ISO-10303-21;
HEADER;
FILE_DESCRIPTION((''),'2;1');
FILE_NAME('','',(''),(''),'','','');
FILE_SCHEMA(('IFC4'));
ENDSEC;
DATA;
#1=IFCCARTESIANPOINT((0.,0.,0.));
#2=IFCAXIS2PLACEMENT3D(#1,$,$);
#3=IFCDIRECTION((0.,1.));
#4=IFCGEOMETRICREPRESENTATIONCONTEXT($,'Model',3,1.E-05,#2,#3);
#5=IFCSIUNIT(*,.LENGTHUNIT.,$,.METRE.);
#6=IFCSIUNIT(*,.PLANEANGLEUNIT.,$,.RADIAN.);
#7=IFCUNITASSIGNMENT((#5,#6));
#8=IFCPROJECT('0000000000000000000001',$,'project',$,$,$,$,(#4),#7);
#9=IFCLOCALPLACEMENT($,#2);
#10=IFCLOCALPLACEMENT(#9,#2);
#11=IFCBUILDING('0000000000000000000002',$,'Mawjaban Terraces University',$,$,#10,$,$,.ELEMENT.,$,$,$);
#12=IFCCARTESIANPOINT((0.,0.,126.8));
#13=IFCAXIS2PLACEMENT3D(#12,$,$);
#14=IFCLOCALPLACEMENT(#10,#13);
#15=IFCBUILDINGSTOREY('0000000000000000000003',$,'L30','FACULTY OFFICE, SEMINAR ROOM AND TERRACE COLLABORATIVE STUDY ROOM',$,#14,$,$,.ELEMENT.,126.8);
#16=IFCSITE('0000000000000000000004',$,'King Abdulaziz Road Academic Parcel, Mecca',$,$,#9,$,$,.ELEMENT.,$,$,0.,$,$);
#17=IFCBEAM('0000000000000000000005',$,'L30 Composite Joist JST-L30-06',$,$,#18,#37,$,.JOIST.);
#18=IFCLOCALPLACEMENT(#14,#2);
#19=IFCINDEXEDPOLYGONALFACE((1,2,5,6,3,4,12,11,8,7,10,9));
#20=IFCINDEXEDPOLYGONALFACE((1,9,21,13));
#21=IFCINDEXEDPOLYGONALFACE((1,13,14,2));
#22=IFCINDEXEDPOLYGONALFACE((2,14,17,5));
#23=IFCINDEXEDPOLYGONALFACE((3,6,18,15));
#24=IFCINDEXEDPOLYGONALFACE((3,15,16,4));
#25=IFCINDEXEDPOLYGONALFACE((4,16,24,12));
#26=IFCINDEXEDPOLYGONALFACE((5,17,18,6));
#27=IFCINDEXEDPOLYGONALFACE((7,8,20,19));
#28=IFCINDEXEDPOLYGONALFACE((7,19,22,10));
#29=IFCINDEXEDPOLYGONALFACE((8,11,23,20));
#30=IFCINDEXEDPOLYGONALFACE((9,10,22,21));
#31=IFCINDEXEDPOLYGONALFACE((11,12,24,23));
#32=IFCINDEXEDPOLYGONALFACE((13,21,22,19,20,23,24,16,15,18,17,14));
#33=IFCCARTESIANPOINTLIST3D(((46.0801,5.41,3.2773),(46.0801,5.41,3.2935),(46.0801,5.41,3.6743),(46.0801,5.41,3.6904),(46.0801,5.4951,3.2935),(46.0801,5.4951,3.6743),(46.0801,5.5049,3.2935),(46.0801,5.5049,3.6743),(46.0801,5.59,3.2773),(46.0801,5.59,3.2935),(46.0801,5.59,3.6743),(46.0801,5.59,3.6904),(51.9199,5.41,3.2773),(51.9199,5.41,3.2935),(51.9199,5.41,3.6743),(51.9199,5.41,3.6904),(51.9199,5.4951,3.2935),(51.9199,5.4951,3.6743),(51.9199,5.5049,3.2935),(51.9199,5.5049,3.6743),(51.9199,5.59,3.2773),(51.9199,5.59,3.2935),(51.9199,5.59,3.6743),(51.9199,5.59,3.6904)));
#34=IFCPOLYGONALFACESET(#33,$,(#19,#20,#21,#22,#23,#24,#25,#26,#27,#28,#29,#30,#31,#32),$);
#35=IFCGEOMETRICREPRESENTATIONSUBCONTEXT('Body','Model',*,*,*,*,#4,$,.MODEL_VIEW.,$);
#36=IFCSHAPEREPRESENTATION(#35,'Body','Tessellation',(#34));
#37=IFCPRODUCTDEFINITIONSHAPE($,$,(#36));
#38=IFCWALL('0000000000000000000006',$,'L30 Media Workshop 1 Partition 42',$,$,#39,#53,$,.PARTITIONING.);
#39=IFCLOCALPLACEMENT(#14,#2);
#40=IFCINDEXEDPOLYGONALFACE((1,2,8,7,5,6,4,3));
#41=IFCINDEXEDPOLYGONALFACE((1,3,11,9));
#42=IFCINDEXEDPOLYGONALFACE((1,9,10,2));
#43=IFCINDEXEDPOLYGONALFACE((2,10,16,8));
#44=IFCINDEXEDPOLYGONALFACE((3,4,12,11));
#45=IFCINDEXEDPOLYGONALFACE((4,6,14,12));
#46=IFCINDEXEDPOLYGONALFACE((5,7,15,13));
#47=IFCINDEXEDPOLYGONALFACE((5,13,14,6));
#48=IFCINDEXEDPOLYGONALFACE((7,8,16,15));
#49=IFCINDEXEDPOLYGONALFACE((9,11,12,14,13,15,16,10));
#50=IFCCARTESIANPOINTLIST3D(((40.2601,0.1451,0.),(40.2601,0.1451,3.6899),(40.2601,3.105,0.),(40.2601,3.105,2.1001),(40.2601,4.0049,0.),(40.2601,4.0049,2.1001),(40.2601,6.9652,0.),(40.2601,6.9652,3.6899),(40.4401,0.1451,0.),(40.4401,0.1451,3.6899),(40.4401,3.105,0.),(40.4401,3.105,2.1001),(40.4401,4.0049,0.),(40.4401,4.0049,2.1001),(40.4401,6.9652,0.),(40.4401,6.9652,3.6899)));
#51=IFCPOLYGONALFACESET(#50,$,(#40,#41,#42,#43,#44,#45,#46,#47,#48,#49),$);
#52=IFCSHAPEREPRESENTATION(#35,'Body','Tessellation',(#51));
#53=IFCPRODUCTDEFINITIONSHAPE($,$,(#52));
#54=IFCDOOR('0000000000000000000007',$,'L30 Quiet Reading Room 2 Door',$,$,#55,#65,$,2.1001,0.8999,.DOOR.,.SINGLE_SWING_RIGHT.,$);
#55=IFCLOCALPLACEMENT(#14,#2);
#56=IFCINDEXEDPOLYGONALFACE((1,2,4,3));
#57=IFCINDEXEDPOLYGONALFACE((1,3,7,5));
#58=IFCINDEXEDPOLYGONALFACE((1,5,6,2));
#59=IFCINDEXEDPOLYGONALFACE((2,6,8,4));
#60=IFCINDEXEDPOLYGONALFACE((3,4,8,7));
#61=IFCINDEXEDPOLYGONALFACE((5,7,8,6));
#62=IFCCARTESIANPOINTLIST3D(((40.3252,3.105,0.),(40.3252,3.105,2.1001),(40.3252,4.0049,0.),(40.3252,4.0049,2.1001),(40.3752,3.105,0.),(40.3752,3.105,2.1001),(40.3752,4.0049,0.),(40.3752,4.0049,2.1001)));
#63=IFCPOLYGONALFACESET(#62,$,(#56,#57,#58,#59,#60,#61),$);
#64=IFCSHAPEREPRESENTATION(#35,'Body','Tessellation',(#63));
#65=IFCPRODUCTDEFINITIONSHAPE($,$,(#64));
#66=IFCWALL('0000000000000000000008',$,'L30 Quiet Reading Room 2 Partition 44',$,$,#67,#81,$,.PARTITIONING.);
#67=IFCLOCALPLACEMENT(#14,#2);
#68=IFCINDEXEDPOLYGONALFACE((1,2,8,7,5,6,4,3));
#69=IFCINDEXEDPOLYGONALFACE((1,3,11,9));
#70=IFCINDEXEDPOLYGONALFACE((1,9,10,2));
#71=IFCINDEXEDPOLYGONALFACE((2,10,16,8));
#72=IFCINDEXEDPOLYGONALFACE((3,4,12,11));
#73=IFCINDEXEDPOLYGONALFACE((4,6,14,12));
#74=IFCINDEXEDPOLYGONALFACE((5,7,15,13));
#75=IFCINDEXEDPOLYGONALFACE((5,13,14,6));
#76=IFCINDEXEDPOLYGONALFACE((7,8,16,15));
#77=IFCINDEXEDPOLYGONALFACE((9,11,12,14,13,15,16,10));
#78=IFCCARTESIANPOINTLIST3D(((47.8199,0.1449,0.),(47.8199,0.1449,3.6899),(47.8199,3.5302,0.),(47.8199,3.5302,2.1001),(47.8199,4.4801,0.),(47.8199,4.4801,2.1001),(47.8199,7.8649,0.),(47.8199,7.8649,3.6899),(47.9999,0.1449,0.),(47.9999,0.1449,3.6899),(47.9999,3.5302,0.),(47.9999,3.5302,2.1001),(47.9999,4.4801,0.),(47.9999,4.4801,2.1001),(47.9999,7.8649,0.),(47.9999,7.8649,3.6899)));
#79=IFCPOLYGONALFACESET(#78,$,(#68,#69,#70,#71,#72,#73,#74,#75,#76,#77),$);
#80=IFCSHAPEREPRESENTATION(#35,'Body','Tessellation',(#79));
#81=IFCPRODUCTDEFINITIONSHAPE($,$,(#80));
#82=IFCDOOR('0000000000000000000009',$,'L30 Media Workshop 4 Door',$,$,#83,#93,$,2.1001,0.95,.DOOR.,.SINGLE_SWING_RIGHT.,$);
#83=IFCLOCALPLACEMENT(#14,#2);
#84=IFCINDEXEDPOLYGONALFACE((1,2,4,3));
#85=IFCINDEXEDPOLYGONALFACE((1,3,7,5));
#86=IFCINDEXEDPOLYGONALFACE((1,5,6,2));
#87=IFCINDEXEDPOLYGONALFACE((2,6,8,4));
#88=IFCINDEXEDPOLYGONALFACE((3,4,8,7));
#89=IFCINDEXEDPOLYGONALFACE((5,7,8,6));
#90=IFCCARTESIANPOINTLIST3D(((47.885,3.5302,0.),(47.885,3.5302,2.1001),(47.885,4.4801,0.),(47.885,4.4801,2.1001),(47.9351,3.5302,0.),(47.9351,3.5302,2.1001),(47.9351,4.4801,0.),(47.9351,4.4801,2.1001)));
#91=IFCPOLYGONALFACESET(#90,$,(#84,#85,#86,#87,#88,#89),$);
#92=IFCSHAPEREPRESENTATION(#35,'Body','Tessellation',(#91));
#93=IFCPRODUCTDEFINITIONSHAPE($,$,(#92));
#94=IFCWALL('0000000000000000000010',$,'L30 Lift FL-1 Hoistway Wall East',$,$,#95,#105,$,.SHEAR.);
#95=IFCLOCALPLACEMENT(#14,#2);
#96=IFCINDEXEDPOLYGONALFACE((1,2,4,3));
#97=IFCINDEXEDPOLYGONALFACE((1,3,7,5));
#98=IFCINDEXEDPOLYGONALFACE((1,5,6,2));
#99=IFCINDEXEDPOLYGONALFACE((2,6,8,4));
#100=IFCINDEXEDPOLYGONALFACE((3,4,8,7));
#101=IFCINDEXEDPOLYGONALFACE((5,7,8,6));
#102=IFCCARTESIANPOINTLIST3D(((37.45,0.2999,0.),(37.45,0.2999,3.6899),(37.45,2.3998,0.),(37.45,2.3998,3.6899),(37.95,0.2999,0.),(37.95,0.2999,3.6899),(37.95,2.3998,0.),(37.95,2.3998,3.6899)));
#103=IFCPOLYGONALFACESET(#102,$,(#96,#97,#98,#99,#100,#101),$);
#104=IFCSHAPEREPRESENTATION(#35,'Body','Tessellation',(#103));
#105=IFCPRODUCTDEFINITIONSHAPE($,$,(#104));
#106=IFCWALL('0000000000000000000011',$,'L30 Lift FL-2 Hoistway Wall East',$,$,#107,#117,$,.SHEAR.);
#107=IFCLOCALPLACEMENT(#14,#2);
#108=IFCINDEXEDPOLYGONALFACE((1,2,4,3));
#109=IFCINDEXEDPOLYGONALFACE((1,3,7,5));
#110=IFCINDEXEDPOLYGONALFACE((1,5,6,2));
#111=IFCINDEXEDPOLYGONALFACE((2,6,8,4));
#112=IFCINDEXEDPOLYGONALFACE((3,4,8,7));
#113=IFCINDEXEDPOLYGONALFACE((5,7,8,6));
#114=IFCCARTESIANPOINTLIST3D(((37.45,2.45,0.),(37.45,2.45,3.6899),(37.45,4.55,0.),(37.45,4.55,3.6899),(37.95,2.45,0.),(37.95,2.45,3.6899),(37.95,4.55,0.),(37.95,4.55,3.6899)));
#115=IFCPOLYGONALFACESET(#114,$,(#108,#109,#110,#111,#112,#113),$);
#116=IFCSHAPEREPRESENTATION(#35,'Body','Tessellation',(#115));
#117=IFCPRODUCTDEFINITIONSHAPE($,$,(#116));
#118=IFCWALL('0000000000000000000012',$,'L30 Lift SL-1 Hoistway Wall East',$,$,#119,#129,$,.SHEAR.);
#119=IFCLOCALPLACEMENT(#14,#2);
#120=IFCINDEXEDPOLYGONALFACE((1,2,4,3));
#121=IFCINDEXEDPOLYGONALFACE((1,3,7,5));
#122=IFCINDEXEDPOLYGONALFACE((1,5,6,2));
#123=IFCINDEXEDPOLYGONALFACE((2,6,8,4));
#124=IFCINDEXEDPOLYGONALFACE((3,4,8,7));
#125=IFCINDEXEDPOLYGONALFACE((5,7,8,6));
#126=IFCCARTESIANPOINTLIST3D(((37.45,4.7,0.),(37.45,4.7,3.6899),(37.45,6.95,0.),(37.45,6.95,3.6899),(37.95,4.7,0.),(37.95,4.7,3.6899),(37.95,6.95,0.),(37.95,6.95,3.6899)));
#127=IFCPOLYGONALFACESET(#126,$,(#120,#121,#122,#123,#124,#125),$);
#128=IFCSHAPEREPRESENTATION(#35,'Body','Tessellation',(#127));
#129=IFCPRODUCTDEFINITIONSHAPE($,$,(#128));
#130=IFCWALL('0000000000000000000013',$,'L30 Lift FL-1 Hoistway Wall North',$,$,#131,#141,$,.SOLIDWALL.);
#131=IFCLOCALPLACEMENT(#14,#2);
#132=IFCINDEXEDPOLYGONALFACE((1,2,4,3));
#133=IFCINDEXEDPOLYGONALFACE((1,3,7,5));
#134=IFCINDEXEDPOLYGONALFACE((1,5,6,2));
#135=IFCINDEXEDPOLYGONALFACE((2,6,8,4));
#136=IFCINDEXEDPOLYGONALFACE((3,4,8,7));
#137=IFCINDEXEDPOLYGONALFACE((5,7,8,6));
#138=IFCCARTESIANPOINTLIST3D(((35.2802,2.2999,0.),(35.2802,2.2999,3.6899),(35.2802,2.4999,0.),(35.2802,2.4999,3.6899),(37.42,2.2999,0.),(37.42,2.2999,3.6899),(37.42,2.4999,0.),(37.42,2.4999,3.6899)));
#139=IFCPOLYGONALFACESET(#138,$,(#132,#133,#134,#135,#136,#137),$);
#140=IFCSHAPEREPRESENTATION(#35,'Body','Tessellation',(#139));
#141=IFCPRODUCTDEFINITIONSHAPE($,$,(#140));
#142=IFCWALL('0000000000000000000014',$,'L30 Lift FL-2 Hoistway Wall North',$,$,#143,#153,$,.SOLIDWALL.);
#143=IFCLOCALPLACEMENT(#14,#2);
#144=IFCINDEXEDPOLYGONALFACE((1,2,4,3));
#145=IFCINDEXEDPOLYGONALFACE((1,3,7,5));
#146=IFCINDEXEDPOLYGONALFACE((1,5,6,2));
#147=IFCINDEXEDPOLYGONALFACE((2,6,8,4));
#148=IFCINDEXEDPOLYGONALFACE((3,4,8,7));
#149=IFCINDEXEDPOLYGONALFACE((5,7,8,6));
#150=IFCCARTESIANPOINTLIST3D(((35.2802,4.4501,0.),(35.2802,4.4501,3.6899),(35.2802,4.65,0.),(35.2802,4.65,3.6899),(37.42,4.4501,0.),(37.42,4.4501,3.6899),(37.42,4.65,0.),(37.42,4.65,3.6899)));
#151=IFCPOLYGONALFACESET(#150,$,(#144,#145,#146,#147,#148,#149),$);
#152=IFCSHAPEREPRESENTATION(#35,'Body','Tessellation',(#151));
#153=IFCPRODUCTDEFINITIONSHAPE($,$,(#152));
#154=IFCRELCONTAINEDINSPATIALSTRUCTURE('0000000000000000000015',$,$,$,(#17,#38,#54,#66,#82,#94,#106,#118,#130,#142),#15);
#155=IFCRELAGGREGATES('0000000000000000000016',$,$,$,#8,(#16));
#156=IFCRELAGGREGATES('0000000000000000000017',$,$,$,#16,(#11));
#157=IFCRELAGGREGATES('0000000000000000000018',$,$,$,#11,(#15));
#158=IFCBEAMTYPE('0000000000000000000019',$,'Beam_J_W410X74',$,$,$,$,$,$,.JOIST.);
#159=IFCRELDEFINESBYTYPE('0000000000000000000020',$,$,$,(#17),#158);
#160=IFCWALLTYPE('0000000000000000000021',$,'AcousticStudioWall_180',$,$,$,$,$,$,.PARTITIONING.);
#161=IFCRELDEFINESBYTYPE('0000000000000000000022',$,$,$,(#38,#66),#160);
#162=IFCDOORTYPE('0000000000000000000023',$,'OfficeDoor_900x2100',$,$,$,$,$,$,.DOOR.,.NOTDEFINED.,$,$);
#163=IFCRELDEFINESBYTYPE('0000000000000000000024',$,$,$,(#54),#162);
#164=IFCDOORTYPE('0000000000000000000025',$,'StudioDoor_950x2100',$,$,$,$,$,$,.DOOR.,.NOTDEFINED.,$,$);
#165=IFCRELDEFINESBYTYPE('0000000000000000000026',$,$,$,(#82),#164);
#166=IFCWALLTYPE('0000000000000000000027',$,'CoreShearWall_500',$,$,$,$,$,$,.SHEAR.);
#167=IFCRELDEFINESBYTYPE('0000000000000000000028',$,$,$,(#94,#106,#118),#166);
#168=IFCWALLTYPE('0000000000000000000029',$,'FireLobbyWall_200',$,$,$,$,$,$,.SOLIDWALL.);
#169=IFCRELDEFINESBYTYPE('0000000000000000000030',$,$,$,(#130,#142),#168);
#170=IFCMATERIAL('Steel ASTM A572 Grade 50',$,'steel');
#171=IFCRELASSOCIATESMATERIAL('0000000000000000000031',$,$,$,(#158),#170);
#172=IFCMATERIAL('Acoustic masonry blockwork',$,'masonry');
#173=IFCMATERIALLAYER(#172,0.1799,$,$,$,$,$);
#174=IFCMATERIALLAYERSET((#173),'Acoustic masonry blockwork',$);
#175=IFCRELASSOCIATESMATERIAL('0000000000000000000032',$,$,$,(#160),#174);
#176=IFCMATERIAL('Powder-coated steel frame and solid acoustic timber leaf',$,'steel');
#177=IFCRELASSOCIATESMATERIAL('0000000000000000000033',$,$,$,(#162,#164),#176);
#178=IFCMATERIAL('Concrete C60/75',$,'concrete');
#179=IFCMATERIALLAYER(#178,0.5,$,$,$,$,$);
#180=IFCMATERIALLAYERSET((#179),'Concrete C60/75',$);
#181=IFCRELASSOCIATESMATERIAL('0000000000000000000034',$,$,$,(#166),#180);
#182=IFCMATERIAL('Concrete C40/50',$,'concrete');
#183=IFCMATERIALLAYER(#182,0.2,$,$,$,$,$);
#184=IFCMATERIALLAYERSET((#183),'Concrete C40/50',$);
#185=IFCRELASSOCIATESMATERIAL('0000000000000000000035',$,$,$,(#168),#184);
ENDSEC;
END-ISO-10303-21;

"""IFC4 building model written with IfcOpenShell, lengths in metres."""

from ifc_helpers import new_model, si_unit, direction, frame, frame_2d, origin, origin_2d, place, context, subcontext, project, spatial, rectangle, i_section, extrude, material, layer, layer_set, material_profile, profile_set, type_object, element, fill, save


model = new_model("IFC4")

# Units and contexts
model_context = context("Model", 3, precision=1e-05, world=origin(), true_north=direction((0.0, 1.0)))
body_context = subcontext(model_context, "Body", "Model", "MODEL_VIEW")
ifc_project = project(units=[si_unit("LENGTHUNIT", "METRE"), si_unit("PLANEANGLEUNIT", "RADIAN")], contexts=[model_context])

# Site, building, storey
site_placement = place(None, origin())
site = spatial("IfcSite", under=ifc_project, at=site_placement, Name="King Abdulaziz Road Academic Parcel, Mecca", CompositionType="ELEMENT", RefElevation=0.0)
building_placement = place(site_placement, origin())
building = spatial("IfcBuilding", under=site, at=building_placement, Name="Mawjaban Terraces University", CompositionType="ELEMENT")
storey_placement = place(building_placement, frame((0.0, 0.0, 126.8)))
storey = spatial("IfcBuildingStorey", under=building, at=storey_placement, Name="L30", Description="FACULTY OFFICE, SEMINAR ROOM AND TERRACE COLLABORATIVE STUDY ROOM", CompositionType="ELEMENT", Elevation=126.8)

# Shared definitions
ifc_material_1 = material(Name="Concrete C60/75", Category="concrete")

# Beam
ifc_material_2 = material(Name="Steel ASTM A572 Grade 50", Category="steel")
ifc_material_profile_1 = material_profile(ifc_material_2, i_section(OverallWidth=0.1799, OverallDepth=0.4131, WebThickness=0.0098, FlangeThickness=0.0161, at=origin_2d()), Name="W410X74")
ifc_profile_set_1 = profile_set([ifc_material_profile_1], Name="Steel ASTM A572 Grade 50")
beam_type_1 = type_object("IfcBeamType", Name="Beam_J_W410X74", PredefinedType="JOIST", material=ifc_profile_set_1)
beam_1_placement = place(storey_placement, frame((46.0801, 5.5, 3.4839), z_axis=(1.0, 0.0, 0.0), x_axis=(0.0, 1.0, 0.0)))
element("IfcBeam", 1, at=beam_1_placement, inside=storey, type_object=beam_type_1, Name="L30 Composite Joist JST-L30-06", PredefinedType="JOIST", context=body_context, shape_type="SweptSolid", body=[
    extrude(i_section(OverallWidth=0.1799, OverallDepth=0.4131, WebThickness=0.0098, FlangeThickness=0.0161, at=origin_2d()), origin(), (0.0, 0.0, 1.0), 5.8398),
])

# Walls, openings, doors
ifc_material_3 = material(Name="Acoustic masonry blockwork", Category="masonry")
ifc_layer_1 = layer(ifc_material_3, 0.1799)
ifc_layer_set_1 = layer_set([ifc_layer_1], Name="Acoustic masonry blockwork")
wall_type_1 = type_object("IfcWallType", Name="AcousticStudioWall_180", PredefinedType="PARTITIONING", material=ifc_layer_set_1)
wall_1_placement = place(storey_placement, frame((40.3501, 0.145, 0.0), z_axis=(0.0, 0.0, 1.0), x_axis=(0.0, 1.0, 0.0)))
wall_1 = element("IfcWall", 2, at=wall_1_placement, inside=storey, type_object=wall_type_1, Name="L30 Media Workshop 1 Partition 42", PredefinedType="PARTITIONING", context=body_context, shape_type="SweptSolid", body=[
    extrude(rectangle(XDim=6.8201, YDim=0.1799, at=frame_2d((3.4102, 0.0))), origin(), (0.0, 0.0, 1.0), 3.6899),
])
opening_1_placement = place(wall_1_placement, frame((2.96, 0.0, 0.0)))
opening_1 = element("IfcOpeningElement", 3, at=opening_1_placement, cuts=wall_1, PredefinedType="OPENING", context=body_context, shape_type="SweptSolid", body=[
    extrude(rectangle(XDim=0.8999, YDim=2.1001, at=frame_2d((0.45, 1.05))), frame((0.0, 0.0999, 0.0), z_axis=(0.0, -1.0, 0.0), x_axis=(1.0, 0.0, 0.0)), (0.0, 0.0, 1.0), 0.2),
])
ifc_material_4 = material(Name="Powder-coated steel frame and solid acoustic timber leaf", Category="steel")
door_type_1 = type_object("IfcDoorType", Name="OfficeDoor_900x2100", OperationType="NOTDEFINED", PredefinedType="DOOR", material=ifc_material_4)
door_1_placement = place(opening_1_placement, origin())
door_1 = element("IfcDoor", 4, at=door_1_placement, inside=storey, type_object=door_type_1, Name="L30 Quiet Reading Room 2 Door", OperationType="SINGLE_SWING_RIGHT", OverallHeight=2.1001, OverallWidth=0.8999, PredefinedType="DOOR", context=body_context, shape_type="SweptSolid", body=[
    extrude(rectangle(XDim=0.8999, YDim=2.1001, at=frame_2d((0.45, 1.05))), frame((0.0, 0.0249, 0.0), z_axis=(0.0, -1.0, 0.0), x_axis=(1.0, 0.0, 0.0)), (0.0, 0.0, 1.0), 0.05),
])
fill(opening_1, door_1)
wall_2_placement = place(storey_placement, frame((47.9099, 0.145, 0.0), z_axis=(0.0, 0.0, 1.0), x_axis=(0.0, 1.0, 0.0)))
wall_2 = element("IfcWall", 5, at=wall_2_placement, inside=storey, type_object=wall_type_1, Name="L30 Quiet Reading Room 2 Partition 44", PredefinedType="PARTITIONING", context=body_context, shape_type="SweptSolid", body=[
    extrude(rectangle(XDim=7.72, YDim=0.1799, at=frame_2d((3.8599, 0.0))), origin(), (0.0, 0.0, 1.0), 3.6899),
])
opening_2_placement = place(wall_2_placement, frame((3.385, 0.0, 0.0)))
opening_2 = element("IfcOpeningElement", 6, at=opening_2_placement, cuts=wall_2, PredefinedType="OPENING", context=body_context, shape_type="SweptSolid", body=[
    extrude(rectangle(XDim=0.95, YDim=2.1001, at=frame_2d((0.4751, 1.05))), frame((0.0, 0.0999, 0.0), z_axis=(0.0, -1.0, 0.0), x_axis=(1.0, 0.0, 0.0)), (0.0, 0.0, 1.0), 0.2),
])
door_type_2 = type_object("IfcDoorType", Name="StudioDoor_950x2100", OperationType="NOTDEFINED", PredefinedType="DOOR", material=ifc_material_4)
door_2_placement = place(opening_2_placement, origin())
door_2 = element("IfcDoor", 7, at=door_2_placement, inside=storey, type_object=door_type_2, Name="L30 Media Workshop 4 Door", OperationType="SINGLE_SWING_RIGHT", OverallHeight=2.1001, OverallWidth=0.95, PredefinedType="DOOR", context=body_context, shape_type="SweptSolid", body=[
    extrude(rectangle(XDim=0.95, YDim=2.1001, at=frame_2d((0.4751, 1.05))), frame((0.0, 0.0249, 0.0), z_axis=(0.0, -1.0, 0.0), x_axis=(1.0, 0.0, 0.0)), (0.0, 0.0, 1.0), 0.05),
])
fill(opening_2, door_2)

# Walls
ifc_layer_2 = layer(ifc_material_1, 0.5)
ifc_layer_set_2 = layer_set([ifc_layer_2], Name="Concrete C60/75")
wall_type_2 = type_object("IfcWallType", Name="CoreShearWall_500", PredefinedType="SHEAR", material=ifc_layer_set_2)
wall_3_placement = place(storey_placement, frame((37.7, 0.3, 0.0), z_axis=(0.0, 0.0, 1.0), x_axis=(0.0, 1.0, 0.0)))
element("IfcWall", 8, at=wall_3_placement, inside=storey, type_object=wall_type_2, Name="L30 Lift FL-1 Hoistway Wall East", PredefinedType="SHEAR", context=body_context, shape_type="SweptSolid", body=[
    extrude(rectangle(XDim=2.0999, YDim=0.5, at=frame_2d((1.0498, 0.0))), origin(), (0.0, 0.0, 1.0), 3.6899),
])
wall_4_placement = place(storey_placement, frame((37.7, 2.45, 0.0), z_axis=(0.0, 0.0, 1.0), x_axis=(0.0, 1.0, 0.0)))
element("IfcWall", 9, at=wall_4_placement, inside=storey, type_object=wall_type_2, Name="L30 Lift FL-2 Hoistway Wall East", PredefinedType="SHEAR", context=body_context, shape_type="SweptSolid", body=[
    extrude(rectangle(XDim=2.1001, YDim=0.5, at=frame_2d((1.05, 0.0))), origin(), (0.0, 0.0, 1.0), 3.6899),
])
wall_5_placement = place(storey_placement, frame((37.7, 4.7, 0.0), z_axis=(0.0, 0.0, 1.0), x_axis=(0.0, 1.0, 0.0)))
element("IfcWall", 10, at=wall_5_placement, inside=storey, type_object=wall_type_2, Name="L30 Lift SL-1 Hoistway Wall East", PredefinedType="SHEAR", context=body_context, shape_type="SweptSolid", body=[
    extrude(rectangle(XDim=2.25, YDim=0.5, at=frame_2d((1.125, 0.0))), origin(), (0.0, 0.0, 1.0), 3.6899),
])
ifc_material_5 = material(Name="Concrete C40/50", Category="concrete")
ifc_layer_3 = layer(ifc_material_5, 0.2)
ifc_layer_set_3 = layer_set([ifc_layer_3], Name="Concrete C40/50")
wall_type_3 = type_object("IfcWallType", Name="FireLobbyWall_200", PredefinedType="SOLIDWALL", material=ifc_layer_set_3)
for number, where, z_axis, x_axis, name in (
    (11, (37.4199, 2.3999, 0.0), (0.0, 0.0, 1.0), (-1.0, 0.0, 0.0), "L30 Lift FL-1 Hoistway Wall North"),
    (12, (37.4199, 4.55, 0.0), (0.0, 0.0, 1.0), (-1.0, 0.0, 0.0), "L30 Lift FL-2 Hoistway Wall North"),
):
    element("IfcWall", number, at=place(storey_placement, frame(where, z_axis=z_axis, x_axis=x_axis)), inside=storey, type_object=wall_type_3, Name=name, PredefinedType="SOLIDWALL", context=body_context, shape_type="SweptSolid", body=[
        extrude(rectangle(XDim=2.1399, YDim=0.2, at=frame_2d((1.0698, 0.0))), origin(), (0.0, 0.0, 1.0), 3.6899),
    ])

save(model, "model.ifc")
